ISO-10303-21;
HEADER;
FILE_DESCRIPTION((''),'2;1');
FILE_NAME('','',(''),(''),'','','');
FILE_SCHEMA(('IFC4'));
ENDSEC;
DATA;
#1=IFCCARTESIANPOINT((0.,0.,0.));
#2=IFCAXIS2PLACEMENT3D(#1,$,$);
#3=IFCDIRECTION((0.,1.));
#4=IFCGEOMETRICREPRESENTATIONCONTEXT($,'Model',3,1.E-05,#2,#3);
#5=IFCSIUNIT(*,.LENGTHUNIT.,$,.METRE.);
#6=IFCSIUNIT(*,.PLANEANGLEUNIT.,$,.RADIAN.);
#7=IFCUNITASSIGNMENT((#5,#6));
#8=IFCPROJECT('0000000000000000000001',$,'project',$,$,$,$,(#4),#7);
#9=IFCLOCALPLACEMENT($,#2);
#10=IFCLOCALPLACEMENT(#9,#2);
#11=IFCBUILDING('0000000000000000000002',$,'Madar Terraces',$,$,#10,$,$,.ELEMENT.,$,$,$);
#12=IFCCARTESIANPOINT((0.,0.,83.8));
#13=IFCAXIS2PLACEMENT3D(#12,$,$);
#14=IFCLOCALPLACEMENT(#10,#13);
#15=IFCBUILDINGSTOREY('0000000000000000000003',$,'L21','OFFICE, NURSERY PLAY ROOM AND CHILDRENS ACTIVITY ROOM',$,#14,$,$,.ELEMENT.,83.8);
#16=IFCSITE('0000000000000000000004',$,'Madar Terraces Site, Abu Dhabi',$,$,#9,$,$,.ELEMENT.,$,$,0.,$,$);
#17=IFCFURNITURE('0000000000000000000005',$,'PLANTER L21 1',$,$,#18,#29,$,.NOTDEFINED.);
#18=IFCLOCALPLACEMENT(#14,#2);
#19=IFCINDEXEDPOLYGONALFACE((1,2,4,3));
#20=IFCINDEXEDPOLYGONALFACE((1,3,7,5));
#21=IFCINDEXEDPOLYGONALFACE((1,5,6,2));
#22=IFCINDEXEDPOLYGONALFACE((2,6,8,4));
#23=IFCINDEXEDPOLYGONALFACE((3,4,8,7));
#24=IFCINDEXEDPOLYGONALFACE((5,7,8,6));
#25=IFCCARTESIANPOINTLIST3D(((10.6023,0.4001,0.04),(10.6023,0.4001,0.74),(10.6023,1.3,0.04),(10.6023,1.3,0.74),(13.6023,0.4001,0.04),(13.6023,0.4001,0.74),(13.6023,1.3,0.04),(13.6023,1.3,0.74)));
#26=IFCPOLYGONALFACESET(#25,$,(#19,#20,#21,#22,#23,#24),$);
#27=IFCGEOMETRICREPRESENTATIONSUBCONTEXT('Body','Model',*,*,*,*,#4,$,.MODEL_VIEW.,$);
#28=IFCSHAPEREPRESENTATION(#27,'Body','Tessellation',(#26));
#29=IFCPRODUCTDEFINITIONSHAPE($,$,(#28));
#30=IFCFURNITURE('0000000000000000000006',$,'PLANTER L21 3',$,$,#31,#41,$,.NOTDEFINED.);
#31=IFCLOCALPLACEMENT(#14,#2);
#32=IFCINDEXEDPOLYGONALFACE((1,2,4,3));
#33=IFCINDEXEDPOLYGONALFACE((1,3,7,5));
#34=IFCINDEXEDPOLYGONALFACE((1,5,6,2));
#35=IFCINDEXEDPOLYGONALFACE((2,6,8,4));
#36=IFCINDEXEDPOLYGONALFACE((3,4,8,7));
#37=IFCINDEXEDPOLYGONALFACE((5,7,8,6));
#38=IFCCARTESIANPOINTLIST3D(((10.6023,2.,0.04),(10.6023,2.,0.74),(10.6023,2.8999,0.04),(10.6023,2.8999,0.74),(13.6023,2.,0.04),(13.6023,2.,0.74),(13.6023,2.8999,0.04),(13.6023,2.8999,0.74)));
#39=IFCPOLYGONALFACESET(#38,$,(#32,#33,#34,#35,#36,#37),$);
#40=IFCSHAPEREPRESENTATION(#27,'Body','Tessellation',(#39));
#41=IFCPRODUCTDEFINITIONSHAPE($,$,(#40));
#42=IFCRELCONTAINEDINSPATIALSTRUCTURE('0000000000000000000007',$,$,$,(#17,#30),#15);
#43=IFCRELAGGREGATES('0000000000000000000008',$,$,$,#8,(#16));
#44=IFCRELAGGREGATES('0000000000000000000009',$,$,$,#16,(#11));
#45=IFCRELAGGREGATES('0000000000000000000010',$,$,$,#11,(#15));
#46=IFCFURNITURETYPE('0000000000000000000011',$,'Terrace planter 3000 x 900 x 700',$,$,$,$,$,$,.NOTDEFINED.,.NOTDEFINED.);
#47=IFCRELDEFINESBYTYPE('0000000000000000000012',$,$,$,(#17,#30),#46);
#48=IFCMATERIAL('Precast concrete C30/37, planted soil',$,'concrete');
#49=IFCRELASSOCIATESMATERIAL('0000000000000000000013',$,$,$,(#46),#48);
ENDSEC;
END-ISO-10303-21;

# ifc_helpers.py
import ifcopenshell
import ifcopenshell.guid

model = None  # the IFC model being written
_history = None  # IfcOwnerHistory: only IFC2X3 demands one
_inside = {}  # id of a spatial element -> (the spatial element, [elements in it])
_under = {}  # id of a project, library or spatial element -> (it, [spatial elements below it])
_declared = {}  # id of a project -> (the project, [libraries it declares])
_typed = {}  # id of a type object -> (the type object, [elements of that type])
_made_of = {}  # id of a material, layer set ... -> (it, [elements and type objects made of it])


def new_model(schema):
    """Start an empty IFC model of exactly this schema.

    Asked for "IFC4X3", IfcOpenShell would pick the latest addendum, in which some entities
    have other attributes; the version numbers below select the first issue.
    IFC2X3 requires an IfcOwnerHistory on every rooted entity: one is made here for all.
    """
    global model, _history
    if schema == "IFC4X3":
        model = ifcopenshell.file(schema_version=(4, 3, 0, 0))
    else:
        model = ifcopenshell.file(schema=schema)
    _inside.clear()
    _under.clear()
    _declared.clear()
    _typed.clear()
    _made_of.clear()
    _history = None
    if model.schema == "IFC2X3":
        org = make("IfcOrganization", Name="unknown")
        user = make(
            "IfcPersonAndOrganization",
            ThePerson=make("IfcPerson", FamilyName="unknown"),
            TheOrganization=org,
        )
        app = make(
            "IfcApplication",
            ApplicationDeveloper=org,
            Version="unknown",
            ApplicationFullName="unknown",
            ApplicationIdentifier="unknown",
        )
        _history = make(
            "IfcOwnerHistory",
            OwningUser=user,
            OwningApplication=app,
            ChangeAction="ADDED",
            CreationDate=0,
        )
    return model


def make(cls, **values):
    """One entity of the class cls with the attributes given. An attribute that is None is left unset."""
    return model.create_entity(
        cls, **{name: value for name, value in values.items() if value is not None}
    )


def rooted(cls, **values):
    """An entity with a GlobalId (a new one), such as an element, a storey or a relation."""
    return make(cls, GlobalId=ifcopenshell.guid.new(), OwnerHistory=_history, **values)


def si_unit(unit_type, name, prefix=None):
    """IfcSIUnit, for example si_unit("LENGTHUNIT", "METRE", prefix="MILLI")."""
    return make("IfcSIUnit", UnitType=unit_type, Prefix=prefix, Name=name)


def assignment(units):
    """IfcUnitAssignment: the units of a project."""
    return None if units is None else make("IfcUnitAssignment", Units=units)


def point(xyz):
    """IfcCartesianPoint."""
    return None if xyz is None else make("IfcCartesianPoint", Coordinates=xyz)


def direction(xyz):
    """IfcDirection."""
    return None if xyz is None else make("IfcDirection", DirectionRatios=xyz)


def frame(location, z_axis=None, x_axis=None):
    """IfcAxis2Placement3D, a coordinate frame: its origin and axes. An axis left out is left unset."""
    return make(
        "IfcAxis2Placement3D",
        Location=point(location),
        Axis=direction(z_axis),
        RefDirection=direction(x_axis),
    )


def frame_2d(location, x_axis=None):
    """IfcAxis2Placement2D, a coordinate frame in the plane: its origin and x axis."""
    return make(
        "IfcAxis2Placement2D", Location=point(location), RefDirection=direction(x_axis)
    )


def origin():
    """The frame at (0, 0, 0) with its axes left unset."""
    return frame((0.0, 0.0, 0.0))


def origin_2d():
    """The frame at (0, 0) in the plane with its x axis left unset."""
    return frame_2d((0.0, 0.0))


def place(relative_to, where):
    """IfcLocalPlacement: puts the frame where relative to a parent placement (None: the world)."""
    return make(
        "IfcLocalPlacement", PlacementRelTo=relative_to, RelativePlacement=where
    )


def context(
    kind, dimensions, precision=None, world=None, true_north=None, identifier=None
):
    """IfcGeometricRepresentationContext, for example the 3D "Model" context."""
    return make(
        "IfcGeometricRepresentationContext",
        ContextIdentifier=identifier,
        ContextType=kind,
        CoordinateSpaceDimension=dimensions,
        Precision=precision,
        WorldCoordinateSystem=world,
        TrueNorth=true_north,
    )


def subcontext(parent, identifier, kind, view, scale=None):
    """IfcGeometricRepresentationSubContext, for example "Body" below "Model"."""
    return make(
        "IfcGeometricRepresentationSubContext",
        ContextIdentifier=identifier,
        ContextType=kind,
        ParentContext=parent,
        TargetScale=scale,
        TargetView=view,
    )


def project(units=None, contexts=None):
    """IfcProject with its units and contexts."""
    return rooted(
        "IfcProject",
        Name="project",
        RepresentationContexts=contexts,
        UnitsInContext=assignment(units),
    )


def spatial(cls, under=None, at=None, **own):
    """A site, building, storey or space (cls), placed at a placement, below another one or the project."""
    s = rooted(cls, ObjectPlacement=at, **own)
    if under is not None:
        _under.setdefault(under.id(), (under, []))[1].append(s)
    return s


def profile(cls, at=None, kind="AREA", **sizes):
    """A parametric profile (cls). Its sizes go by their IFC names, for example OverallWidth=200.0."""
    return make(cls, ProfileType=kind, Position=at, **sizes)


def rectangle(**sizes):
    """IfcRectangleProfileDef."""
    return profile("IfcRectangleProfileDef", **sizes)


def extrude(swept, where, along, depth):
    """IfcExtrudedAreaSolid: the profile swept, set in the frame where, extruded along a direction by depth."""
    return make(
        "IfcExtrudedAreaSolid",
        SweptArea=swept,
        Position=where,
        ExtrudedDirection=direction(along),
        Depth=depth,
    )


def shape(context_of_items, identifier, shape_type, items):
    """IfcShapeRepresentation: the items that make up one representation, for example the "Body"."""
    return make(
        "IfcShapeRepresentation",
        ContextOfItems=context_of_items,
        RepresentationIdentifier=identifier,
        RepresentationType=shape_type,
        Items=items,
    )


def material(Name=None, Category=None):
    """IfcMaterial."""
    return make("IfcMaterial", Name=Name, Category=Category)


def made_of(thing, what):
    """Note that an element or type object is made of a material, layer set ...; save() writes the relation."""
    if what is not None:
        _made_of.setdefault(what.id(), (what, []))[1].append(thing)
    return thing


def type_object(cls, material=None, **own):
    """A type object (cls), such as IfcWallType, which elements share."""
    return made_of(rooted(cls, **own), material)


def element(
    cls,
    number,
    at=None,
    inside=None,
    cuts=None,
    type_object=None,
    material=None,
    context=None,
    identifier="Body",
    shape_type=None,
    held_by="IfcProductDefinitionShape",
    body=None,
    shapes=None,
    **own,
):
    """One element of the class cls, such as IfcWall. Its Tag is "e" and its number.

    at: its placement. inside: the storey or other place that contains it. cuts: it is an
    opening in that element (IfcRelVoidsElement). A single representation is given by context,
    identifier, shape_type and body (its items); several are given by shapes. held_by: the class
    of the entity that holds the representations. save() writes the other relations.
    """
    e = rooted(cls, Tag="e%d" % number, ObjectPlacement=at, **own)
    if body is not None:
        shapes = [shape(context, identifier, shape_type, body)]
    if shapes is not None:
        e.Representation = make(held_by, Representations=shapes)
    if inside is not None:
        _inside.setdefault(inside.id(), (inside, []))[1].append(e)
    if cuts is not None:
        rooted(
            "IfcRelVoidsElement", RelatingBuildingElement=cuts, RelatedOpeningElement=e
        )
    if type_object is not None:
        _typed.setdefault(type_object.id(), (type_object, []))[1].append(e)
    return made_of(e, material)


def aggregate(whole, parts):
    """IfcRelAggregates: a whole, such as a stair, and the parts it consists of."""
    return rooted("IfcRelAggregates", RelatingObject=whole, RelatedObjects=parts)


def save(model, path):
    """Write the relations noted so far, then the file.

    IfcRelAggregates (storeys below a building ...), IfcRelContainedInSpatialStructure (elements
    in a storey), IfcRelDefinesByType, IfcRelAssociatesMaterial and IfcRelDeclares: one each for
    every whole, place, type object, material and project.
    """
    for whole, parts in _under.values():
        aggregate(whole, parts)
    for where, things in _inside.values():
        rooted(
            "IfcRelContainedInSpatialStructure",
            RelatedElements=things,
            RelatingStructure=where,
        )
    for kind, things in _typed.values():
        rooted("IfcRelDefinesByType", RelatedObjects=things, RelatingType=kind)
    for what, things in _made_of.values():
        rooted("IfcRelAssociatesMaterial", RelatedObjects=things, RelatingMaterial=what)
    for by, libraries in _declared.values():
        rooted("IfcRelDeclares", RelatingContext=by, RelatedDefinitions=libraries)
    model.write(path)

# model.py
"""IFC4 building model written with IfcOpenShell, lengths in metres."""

from ifc_helpers import new_model, si_unit, direction, frame, origin, origin_2d, place, context, subcontext, project, spatial, rectangle, extrude, material, type_object, element, save


model = new_model("IFC4")

# Units and contexts
model_context = context("Model", 3, precision=1e-05, world=origin(), true_north=direction((0.0, 1.0)))
body_context = subcontext(model_context, "Body", "Model", "MODEL_VIEW")
ifc_project = project(units=[si_unit("LENGTHUNIT", "METRE"), si_unit("PLANEANGLEUNIT", "RADIAN")], contexts=[model_context])

# Site, building, storey
site_placement = place(None, origin())
site = spatial("IfcSite", under=ifc_project, at=site_placement, Name="Madar Terraces Site, Abu Dhabi", CompositionType="ELEMENT", RefElevation=0.0)
building_placement = place(site_placement, origin())
building = spatial("IfcBuilding", under=site, at=building_placement, Name="Madar Terraces", CompositionType="ELEMENT")
storey_placement = place(building_placement, frame((0.0, 0.0, 83.8)))
storey = spatial("IfcBuildingStorey", under=building, at=storey_placement, Name="L21", Description="OFFICE, NURSERY PLAY ROOM AND CHILDRENS ACTIVITY ROOM", CompositionType="ELEMENT", Elevation=83.8)

# Furniture
ifc_material_1 = material(Name="Precast concrete C30/37, planted soil", Category="concrete")
furniture_type = type_object("IfcFurnitureType", Name="Terrace planter 3000 x 900 x 700", AssemblyPlace="NOTDEFINED", PredefinedType="NOTDEFINED", material=ifc_material_1)
for number, where, z_axis, x_axis, name in (
    (1, (12.1023, 0.8501, 0.04), (0.0, 0.0, 1.0), (1.0, 0.0, 0.0), "PLANTER L21 1"),
    (2, (12.1023, 2.45, 0.04), (0.0, 0.0, 1.0), (1.0, 0.0, 0.0), "PLANTER L21 3"),
):
    element("IfcFurniture", number, at=place(storey_placement, frame(where, z_axis=z_axis, x_axis=x_axis)), inside=storey, type_object=furniture_type, Name=name, PredefinedType="NOTDEFINED", context=body_context, shape_type="SweptSolid", body=[
        extrude(rectangle(XDim=3.0, YDim=0.8999, at=origin_2d()), origin(), (0.0, 0.0, 1.0), 0.7),
    ])

save(model, "model.ifc")
